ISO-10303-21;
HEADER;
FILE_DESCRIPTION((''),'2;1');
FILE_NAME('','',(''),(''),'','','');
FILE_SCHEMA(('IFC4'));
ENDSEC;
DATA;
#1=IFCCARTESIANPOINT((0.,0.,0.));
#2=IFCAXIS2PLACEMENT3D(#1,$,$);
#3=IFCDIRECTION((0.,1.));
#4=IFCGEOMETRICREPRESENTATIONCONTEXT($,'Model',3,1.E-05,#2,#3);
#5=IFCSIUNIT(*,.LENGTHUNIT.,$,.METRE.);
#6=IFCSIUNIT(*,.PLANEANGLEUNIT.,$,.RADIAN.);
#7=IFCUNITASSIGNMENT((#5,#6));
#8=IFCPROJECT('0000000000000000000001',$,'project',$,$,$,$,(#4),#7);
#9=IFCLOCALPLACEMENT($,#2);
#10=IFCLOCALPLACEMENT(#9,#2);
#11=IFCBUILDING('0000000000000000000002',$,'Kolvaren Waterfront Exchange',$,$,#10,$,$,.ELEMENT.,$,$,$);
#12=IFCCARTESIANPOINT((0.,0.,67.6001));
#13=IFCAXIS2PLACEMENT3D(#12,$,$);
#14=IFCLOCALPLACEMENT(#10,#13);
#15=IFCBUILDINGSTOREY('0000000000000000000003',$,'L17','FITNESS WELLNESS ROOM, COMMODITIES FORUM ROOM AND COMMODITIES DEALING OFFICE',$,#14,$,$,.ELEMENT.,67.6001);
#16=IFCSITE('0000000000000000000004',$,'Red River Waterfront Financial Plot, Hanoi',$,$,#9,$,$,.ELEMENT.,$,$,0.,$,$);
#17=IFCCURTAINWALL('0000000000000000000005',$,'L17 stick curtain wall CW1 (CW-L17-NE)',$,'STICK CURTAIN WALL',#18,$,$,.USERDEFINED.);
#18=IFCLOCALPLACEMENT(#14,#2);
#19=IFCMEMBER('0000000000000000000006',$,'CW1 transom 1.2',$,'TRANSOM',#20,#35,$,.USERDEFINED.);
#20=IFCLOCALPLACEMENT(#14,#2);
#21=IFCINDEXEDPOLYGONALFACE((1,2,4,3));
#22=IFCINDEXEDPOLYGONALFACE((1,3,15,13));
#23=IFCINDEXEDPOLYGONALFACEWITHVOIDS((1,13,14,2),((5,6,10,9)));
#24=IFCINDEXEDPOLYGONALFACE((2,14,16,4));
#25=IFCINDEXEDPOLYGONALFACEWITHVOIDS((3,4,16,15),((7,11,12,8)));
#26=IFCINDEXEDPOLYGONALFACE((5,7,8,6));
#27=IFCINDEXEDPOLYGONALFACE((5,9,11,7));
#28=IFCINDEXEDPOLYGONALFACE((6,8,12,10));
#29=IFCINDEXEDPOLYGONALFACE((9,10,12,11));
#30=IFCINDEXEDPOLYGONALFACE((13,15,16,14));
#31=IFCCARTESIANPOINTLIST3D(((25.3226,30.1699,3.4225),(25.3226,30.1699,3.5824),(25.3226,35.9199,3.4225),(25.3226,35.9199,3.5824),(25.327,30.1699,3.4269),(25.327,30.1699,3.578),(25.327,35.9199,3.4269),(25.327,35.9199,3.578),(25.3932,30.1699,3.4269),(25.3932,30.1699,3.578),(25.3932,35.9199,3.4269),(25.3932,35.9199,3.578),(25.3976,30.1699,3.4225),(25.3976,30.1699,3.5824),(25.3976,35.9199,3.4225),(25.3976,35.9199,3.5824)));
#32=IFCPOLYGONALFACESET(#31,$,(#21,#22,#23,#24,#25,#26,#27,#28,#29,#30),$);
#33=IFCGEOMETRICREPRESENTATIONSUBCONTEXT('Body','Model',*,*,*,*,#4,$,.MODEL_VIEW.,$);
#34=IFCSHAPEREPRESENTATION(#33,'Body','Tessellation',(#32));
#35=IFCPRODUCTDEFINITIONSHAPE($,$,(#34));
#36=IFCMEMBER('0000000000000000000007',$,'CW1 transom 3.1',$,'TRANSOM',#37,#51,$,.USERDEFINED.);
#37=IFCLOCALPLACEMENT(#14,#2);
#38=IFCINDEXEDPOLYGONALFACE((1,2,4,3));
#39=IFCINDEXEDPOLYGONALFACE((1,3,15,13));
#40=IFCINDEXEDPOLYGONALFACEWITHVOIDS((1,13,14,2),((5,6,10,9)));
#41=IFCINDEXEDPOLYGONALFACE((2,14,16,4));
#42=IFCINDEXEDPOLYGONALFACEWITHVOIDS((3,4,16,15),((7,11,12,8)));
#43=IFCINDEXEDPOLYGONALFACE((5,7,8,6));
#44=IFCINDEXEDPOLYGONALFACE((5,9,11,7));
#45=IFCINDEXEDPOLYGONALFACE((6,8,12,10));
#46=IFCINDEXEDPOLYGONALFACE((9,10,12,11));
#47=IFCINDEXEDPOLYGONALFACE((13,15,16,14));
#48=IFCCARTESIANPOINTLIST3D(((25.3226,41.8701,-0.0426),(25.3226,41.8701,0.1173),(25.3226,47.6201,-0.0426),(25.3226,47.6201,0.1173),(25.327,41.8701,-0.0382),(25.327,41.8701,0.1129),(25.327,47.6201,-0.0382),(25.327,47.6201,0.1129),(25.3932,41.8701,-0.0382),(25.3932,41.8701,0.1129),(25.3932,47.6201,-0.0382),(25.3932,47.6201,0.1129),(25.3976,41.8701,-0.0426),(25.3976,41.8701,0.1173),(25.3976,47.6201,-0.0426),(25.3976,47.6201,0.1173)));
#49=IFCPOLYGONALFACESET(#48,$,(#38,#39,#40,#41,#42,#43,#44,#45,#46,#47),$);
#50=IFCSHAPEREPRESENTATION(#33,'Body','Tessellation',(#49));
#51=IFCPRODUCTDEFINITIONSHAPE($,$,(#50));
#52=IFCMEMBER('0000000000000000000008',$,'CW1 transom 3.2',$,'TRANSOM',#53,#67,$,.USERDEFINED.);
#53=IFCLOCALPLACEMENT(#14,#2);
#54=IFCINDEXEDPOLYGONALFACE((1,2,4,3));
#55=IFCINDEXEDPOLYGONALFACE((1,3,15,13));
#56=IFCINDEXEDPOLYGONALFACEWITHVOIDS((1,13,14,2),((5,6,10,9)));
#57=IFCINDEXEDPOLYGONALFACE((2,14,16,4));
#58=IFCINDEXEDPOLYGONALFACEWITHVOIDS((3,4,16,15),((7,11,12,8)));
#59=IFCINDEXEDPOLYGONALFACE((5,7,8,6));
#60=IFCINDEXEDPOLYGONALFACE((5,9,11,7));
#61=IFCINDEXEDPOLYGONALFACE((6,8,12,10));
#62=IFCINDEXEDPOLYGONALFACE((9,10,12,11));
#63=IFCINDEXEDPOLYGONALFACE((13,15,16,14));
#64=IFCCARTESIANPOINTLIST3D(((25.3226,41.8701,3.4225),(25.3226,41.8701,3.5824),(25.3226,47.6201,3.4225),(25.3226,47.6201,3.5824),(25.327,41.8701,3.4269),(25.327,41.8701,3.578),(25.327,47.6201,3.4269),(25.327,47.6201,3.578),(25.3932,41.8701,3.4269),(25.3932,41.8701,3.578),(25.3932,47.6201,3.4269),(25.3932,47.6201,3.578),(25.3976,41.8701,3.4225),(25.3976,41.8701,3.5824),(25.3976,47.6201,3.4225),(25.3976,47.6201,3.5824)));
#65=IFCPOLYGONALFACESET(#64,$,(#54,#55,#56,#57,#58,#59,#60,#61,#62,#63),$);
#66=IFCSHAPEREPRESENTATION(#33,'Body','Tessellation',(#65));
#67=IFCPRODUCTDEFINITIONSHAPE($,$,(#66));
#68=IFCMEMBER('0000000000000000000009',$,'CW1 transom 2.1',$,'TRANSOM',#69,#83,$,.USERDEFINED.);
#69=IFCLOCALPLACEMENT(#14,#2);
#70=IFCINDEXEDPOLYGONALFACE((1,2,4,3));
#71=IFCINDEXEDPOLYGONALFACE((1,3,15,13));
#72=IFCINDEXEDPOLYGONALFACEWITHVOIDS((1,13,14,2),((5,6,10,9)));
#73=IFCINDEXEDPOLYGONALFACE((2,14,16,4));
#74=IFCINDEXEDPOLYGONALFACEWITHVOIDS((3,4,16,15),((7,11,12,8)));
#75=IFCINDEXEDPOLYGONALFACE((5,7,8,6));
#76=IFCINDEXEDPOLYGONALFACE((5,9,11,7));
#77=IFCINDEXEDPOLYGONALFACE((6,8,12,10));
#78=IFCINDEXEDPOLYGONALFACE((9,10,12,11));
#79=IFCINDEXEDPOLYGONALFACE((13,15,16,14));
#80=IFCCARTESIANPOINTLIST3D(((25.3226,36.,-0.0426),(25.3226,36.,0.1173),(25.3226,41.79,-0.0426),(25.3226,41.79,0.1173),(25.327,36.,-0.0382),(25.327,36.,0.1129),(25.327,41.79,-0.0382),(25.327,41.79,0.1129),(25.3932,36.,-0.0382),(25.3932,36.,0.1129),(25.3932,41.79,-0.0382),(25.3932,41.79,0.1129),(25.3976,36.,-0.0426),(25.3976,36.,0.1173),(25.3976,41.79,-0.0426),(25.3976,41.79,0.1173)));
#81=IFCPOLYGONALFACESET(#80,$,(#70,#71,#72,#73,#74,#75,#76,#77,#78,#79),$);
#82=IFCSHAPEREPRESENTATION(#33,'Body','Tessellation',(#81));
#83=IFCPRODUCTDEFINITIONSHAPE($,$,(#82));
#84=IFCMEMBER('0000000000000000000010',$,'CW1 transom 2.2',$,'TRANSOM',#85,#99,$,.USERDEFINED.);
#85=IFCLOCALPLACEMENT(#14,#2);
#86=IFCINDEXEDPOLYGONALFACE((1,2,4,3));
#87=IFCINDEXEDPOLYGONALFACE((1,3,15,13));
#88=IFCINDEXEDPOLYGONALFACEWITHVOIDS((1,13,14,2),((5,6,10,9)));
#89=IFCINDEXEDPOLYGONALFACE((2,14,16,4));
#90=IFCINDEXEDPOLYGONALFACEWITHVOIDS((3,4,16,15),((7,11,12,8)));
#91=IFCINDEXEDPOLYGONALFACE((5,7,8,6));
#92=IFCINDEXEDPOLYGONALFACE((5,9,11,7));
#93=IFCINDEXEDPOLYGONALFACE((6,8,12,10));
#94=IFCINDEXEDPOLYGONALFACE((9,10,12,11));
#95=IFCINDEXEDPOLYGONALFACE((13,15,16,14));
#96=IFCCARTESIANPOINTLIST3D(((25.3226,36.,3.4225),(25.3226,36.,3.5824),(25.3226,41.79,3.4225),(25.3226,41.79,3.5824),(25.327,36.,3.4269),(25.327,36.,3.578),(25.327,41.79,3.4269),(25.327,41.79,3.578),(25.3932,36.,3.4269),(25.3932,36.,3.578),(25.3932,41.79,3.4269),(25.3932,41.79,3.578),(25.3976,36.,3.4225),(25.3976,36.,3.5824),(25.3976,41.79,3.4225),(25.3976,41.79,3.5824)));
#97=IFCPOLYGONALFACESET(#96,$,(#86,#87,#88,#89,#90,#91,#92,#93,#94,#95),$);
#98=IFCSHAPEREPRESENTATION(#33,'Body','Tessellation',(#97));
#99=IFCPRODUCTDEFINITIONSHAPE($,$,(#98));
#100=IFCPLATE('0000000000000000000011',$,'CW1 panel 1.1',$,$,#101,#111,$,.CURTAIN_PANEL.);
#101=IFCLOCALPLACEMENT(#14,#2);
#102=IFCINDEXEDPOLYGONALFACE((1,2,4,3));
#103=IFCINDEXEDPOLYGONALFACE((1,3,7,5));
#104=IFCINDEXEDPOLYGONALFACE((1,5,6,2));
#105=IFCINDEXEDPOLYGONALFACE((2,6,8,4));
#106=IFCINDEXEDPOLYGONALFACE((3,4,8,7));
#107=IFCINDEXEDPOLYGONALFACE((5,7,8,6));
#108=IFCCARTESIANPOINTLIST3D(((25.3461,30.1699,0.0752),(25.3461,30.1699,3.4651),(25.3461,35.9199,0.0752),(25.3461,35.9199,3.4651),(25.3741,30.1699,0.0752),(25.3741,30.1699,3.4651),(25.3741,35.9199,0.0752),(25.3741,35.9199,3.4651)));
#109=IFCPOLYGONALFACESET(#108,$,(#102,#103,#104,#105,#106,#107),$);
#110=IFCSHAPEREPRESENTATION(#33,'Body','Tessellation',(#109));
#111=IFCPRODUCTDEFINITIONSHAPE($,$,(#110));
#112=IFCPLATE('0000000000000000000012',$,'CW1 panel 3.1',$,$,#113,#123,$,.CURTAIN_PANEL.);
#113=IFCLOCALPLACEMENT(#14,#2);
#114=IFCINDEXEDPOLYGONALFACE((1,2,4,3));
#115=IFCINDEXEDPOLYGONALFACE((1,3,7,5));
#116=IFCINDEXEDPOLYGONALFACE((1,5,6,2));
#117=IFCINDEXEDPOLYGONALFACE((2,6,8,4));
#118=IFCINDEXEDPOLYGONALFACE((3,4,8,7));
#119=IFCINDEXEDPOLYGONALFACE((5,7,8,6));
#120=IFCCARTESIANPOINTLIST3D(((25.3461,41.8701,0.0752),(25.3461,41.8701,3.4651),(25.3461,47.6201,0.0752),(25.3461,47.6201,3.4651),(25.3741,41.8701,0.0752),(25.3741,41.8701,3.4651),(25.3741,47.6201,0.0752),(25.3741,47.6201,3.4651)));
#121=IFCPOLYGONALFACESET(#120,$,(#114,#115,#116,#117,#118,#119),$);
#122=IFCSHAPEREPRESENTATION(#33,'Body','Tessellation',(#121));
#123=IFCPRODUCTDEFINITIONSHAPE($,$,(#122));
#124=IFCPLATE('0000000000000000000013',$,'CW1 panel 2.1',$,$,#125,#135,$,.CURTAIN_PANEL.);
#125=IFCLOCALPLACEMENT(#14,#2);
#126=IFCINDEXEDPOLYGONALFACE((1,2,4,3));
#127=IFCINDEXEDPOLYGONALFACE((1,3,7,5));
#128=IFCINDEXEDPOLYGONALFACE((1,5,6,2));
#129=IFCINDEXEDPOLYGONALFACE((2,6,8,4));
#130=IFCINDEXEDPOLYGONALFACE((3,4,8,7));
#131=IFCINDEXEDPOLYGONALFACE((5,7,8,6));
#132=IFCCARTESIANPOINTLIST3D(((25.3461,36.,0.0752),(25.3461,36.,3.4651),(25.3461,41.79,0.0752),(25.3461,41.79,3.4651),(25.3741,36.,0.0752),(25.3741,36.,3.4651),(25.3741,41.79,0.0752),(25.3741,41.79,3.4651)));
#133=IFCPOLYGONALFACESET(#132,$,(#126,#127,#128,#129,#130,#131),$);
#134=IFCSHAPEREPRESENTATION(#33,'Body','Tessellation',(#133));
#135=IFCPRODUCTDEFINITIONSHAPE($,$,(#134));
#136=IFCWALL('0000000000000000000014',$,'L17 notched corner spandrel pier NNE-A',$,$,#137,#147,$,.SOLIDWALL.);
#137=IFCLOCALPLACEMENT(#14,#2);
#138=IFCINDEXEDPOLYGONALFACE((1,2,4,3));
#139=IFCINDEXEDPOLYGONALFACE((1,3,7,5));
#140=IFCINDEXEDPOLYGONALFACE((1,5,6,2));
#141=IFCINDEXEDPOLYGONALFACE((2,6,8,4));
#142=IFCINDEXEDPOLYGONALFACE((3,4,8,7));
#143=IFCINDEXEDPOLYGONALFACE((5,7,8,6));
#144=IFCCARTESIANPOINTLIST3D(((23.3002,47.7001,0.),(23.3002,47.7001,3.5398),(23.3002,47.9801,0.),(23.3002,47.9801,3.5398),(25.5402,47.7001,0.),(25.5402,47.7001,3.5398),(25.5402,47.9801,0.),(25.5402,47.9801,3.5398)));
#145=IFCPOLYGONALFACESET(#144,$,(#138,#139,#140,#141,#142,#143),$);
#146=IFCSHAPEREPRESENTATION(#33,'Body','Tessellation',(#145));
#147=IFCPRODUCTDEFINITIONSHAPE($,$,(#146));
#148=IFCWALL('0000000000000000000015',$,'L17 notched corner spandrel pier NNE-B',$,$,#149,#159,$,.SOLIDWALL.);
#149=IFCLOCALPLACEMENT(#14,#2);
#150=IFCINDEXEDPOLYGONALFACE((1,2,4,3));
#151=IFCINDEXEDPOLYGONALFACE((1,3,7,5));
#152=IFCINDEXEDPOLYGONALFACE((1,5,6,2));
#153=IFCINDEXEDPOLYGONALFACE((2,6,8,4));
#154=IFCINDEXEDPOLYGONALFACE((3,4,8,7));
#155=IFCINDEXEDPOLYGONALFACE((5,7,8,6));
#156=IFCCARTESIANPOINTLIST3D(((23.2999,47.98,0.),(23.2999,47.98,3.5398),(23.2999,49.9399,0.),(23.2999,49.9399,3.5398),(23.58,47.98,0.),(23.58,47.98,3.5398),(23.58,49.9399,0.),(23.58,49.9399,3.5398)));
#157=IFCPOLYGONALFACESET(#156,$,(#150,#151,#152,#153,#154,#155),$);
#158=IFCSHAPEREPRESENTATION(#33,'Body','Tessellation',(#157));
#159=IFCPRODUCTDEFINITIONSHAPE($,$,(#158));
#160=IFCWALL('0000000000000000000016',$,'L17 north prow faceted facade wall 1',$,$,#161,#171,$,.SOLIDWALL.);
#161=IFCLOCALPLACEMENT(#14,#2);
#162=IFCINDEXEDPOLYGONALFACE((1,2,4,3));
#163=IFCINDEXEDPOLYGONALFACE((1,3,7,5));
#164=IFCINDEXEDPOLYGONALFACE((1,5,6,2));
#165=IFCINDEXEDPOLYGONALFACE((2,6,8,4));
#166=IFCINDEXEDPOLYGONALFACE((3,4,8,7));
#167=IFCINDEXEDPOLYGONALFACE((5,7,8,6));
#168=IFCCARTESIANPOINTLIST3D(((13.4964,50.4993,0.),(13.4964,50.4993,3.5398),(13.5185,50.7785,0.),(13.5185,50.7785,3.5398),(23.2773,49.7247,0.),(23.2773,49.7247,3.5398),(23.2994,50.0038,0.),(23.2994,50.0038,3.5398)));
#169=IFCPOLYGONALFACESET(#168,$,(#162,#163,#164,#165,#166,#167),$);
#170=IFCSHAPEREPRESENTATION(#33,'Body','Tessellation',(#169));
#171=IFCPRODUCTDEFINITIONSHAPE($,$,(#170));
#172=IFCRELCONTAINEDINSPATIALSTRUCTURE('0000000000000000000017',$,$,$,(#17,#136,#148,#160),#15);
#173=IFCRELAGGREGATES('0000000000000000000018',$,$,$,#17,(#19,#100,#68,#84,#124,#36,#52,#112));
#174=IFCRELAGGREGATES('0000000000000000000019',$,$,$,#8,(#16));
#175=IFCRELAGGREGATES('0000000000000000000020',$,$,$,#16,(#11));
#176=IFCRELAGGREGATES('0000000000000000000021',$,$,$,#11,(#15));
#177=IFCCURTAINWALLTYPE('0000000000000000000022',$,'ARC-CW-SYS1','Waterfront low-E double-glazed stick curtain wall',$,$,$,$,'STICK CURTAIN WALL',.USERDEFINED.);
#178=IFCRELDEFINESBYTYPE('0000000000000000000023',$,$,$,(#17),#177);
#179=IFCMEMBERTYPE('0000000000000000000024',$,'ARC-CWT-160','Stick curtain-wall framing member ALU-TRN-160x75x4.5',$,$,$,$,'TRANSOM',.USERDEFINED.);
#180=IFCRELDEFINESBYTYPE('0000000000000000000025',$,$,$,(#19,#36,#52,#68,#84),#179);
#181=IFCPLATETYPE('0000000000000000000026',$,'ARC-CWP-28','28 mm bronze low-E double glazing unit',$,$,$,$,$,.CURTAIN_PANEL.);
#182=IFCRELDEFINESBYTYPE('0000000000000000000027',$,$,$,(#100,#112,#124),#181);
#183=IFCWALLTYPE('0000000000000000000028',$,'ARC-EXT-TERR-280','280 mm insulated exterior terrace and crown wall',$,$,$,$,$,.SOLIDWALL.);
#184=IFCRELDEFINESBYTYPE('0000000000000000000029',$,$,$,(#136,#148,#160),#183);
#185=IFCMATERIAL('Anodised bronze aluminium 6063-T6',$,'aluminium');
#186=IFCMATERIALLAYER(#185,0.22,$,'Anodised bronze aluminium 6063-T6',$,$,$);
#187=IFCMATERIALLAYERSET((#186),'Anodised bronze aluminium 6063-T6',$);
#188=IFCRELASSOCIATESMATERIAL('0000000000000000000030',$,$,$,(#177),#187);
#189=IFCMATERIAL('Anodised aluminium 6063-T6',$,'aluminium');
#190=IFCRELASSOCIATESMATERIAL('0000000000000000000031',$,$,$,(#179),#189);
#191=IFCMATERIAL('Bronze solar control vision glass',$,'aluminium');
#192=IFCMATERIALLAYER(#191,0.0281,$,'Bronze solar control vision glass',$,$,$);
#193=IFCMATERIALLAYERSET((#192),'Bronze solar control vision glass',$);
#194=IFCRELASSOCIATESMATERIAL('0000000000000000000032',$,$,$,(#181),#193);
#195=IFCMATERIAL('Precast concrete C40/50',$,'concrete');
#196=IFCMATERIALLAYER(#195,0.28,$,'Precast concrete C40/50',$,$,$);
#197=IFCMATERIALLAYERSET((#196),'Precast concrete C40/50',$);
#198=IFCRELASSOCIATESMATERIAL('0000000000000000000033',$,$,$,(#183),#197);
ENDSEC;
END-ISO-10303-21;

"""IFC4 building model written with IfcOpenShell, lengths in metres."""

from ifc_helpers import new_model, si_unit, direction, frame, frame_2d, origin, origin_with_axes, origin_2d, place, context, subcontext, project, spatial, rectangle, hollow_rectangle, extrude, source, transform, mapped, material, layer, layer_set, material_profile, profile_set, type_object, element, aggregate, save


model = new_model("IFC4")

# Units and contexts
model_context = context("Model", 3, precision=1e-05, world=origin(), true_north=direction((0.0, 1.0)))
body_context = subcontext(model_context, "Body", "Model", "MODEL_VIEW")
ifc_project = project(units=[si_unit("LENGTHUNIT", "METRE"), si_unit("PLANEANGLEUNIT", "RADIAN")], contexts=[model_context])

# Site, building, storey
site_placement = place(None, origin())
site = spatial("IfcSite", under=ifc_project, at=site_placement, Name="Red River Waterfront Financial Plot, Hanoi", CompositionType="ELEMENT", RefElevation=0.0)
building_placement = place(site_placement, origin())
building = spatial("IfcBuilding", under=site, at=building_placement, Name="Kolvaren Waterfront Exchange", CompositionType="ELEMENT")
storey_placement = place(building_placement, frame((0.0, 0.0, 67.6001)))
storey = spatial("IfcBuildingStorey", under=building, at=storey_placement, Name="L17", Description="FITNESS WELLNESS ROOM, COMMODITIES FORUM ROOM AND COMMODITIES DEALING OFFICE", CompositionType="ELEMENT", Elevation=67.6001)

# Curtain wall, members, plates
ifc_material_1 = material(Name="Anodised bronze aluminium 6063-T6", Category="aluminium")
ifc_layer_1 = layer(ifc_material_1, 0.22, Name="Anodised bronze aluminium 6063-T6")
ifc_layer_set_1 = layer_set([ifc_layer_1], Name="Anodised bronze aluminium 6063-T6")
curtain_wall_type = type_object("IfcCurtainWallType", Name="ARC-CW-SYS1", Description="Waterfront low-E double-glazed stick curtain wall", ElementType="STICK CURTAIN WALL", PredefinedType="USERDEFINED", material=ifc_layer_set_1)
curtain_wall_placement = place(storey_placement, origin())
curtain_wall = element("IfcCurtainWall", 1, at=curtain_wall_placement, inside=storey, type_object=curtain_wall_type, Name="L17 stick curtain wall CW1 (CW-L17-NE)", ObjectType="STICK CURTAIN WALL", PredefinedType="USERDEFINED")
ifc_material_2 = material(Name="Anodised aluminium 6063-T6", Category="aluminium")
ifc_material_profile_1 = material_profile(ifc_material_2, hollow_rectangle(XDim=0.075, YDim=0.1599, WallThickness=0.0044, at=origin_2d()), Name="ALU-TRN-160x75x4.5")
ifc_profile_set_1 = profile_set([ifc_material_profile_1], Name="Anodised aluminium 6063-T6")
member_type_1 = type_object("IfcMemberType", Name="ARC-CWT-160", Description="Stick curtain-wall framing member ALU-TRN-160x75x4.5", ElementType="TRANSOM", PredefinedType="USERDEFINED", material=ifc_profile_set_1)
shared_shape_1 = source(origin_with_axes(), body_context, "Body", "SweptSolid", [
    extrude(hollow_rectangle(XDim=0.075, YDim=0.1599, WallThickness=0.0044, at=origin_2d()), origin(), (0.0, 0.0, 1.0), 5.75),
])
member_1_placement = place(storey_placement, frame((25.3601, 30.1699, 3.5024), z_axis=(0.0, 1.0, 0.0), x_axis=(-1.0, 0.0, 0.0)))
member_1 = element("IfcMember", 2, at=member_1_placement, type_object=member_type_1, Name="CW1 transom 1.2", ObjectType="TRANSOM", PredefinedType="USERDEFINED", context=body_context, shape_type="MappedRepresentation", body=[
    mapped(shared_shape_1, transform((0.0, 0.0, 0.0), x_axis=(1.0, 0.0, 0.0), y_axis=(0.0, 1.0, 0.0), z_axis=(0.0, 0.0, 1.0), scale=1.0)),
])
member_2_placement = place(storey_placement, frame((25.3601, 41.8701, 0.0374), z_axis=(0.0, 1.0, 0.0), x_axis=(-1.0, 0.0, 0.0)))
member_2 = element("IfcMember", 3, at=member_2_placement, type_object=member_type_1, Name="CW1 transom 3.1", ObjectType="TRANSOM", PredefinedType="USERDEFINED", context=body_context, shape_type="MappedRepresentation", body=[
    mapped(shared_shape_1, transform((0.0, 0.0, 0.0), x_axis=(1.0, 0.0, 0.0), y_axis=(0.0, 1.0, 0.0), z_axis=(0.0, 0.0, 1.0), scale=1.0)),
])
member_3_placement = place(storey_placement, frame((25.3601, 41.8701, 3.5024), z_axis=(0.0, 1.0, 0.0), x_axis=(-1.0, 0.0, 0.0)))
member_3 = element("IfcMember", 4, at=member_3_placement, type_object=member_type_1, Name="CW1 transom 3.2", ObjectType="TRANSOM", PredefinedType="USERDEFINED", context=body_context, shape_type="MappedRepresentation", body=[
    mapped(shared_shape_1, transform((0.0, 0.0, 0.0), x_axis=(1.0, 0.0, 0.0), y_axis=(0.0, 1.0, 0.0), z_axis=(0.0, 0.0, 1.0), scale=1.0)),
])
shared_shape_2 = source(origin_with_axes(), body_context, "Body", "SweptSolid", [
    extrude(hollow_rectangle(XDim=0.075, YDim=0.1599, WallThickness=0.0044, at=origin_2d()), origin(), (0.0, 0.0, 1.0), 5.79),
])
member_4_placement = place(storey_placement, frame((25.3601, 36.0, 0.0374), z_axis=(0.0, 1.0, 0.0), x_axis=(-1.0, 0.0, 0.0)))
member_4 = element("IfcMember", 5, at=member_4_placement, type_object=member_type_1, Name="CW1 transom 2.1", ObjectType="TRANSOM", PredefinedType="USERDEFINED", context=body_context, shape_type="MappedRepresentation", body=[
    mapped(shared_shape_2, transform((0.0, 0.0, 0.0), x_axis=(1.0, 0.0, 0.0), y_axis=(0.0, 1.0, 0.0), z_axis=(0.0, 0.0, 1.0), scale=1.0)),
])
member_5_placement = place(storey_placement, frame((25.3601, 36.0, 3.5024), z_axis=(0.0, 1.0, 0.0), x_axis=(-1.0, 0.0, 0.0)))
member_5 = element("IfcMember", 6, at=member_5_placement, type_object=member_type_1, Name="CW1 transom 2.2", ObjectType="TRANSOM", PredefinedType="USERDEFINED", context=body_context, shape_type="MappedRepresentation", body=[
    mapped(shared_shape_2, transform((0.0, 0.0, 0.0), x_axis=(1.0, 0.0, 0.0), y_axis=(0.0, 1.0, 0.0), z_axis=(0.0, 0.0, 1.0), scale=1.0)),
])
ifc_material_3 = material(Name="Bronze solar control vision glass", Category="aluminium")
ifc_layer_2 = layer(ifc_material_3, 0.0281, Name="Bronze solar control vision glass")
ifc_layer_set_2 = layer_set([ifc_layer_2], Name="Bronze solar control vision glass")
plate_type = type_object("IfcPlateType", Name="ARC-CWP-28", Description="28 mm bronze low-E double glazing unit", PredefinedType="CURTAIN_PANEL", material=ifc_layer_set_2)
shared_shape_3 = source(origin_with_axes(), body_context, "Body", "SweptSolid", [
    extrude(rectangle(XDim=5.75, YDim=0.0281, at=origin_2d()), origin(), (0.0, 0.0, 1.0), 3.3899),
])
plate_1_placement = place(storey_placement, frame((25.3601, 33.0449, 0.0752), z_axis=(0.0, 0.0, 1.0), x_axis=(0.0, 1.0, 0.0)))
plate_1 = element("IfcPlate", 7, at=plate_1_placement, type_object=plate_type, Name="CW1 panel 1.1", PredefinedType="CURTAIN_PANEL", context=body_context, shape_type="MappedRepresentation", body=[
    mapped(shared_shape_3, transform((0.0, 0.0, 0.0), x_axis=(1.0, 0.0, 0.0), y_axis=(0.0, 1.0, 0.0), z_axis=(0.0, 0.0, 1.0), scale=1.0)),
])
plate_2_placement = place(storey_placement, frame((25.3601, 44.7451, 0.0752), z_axis=(0.0, 0.0, 1.0), x_axis=(0.0, 1.0, 0.0)))
plate_2 = element("IfcPlate", 8, at=plate_2_placement, type_object=plate_type, Name="CW1 panel 3.1", PredefinedType="CURTAIN_PANEL", context=body_context, shape_type="MappedRepresentation", body=[
    mapped(shared_shape_3, transform((0.0, 0.0, 0.0), x_axis=(1.0, 0.0, 0.0), y_axis=(0.0, 1.0, 0.0), z_axis=(0.0, 0.0, 1.0), scale=1.0)),
])
shared_shape_4 = source(origin_with_axes(), body_context, "Body", "SweptSolid", [
    extrude(rectangle(XDim=5.79, YDim=0.0281, at=origin_2d()), origin(), (0.0, 0.0, 1.0), 3.3899),
])
plate_3_placement = place(storey_placement, frame((25.3601, 38.895, 0.0752), z_axis=(0.0, 0.0, 1.0), x_axis=(0.0, 1.0, 0.0)))
plate_3 = element("IfcPlate", 9, at=plate_3_placement, type_object=plate_type, Name="CW1 panel 2.1", PredefinedType="CURTAIN_PANEL", context=body_context, shape_type="MappedRepresentation", body=[
    mapped(shared_shape_4, transform((0.0, 0.0, 0.0), x_axis=(1.0, 0.0, 0.0), y_axis=(0.0, 1.0, 0.0), z_axis=(0.0, 0.0, 1.0), scale=1.0)),
])
aggregate(curtain_wall, [member_1, plate_1, member_4, member_5, plate_3, member_2, member_3, plate_2])

# Walls
ifc_material_4 = material(Name="Precast concrete C40/50", Category="concrete")
ifc_layer_3 = layer(ifc_material_4, 0.28, Name="Precast concrete C40/50")
ifc_layer_set_3 = layer_set([ifc_layer_3], Name="Precast concrete C40/50")
wall_type = type_object("IfcWallType", Name="ARC-EXT-TERR-280", Description="280 mm insulated exterior terrace and crown wall", PredefinedType="SOLIDWALL", material=ifc_layer_set_3)
wall_1_placement = place(storey_placement, frame((23.3, 47.8401, 0.0), z_axis=(0.0, 0.0, 1.0), x_axis=(1.0, 0.0, 0.0)))
element("IfcWall", 10, at=wall_1_placement, inside=storey, type_object=wall_type, Name="L17 notched corner spandrel pier NNE-A", PredefinedType="SOLIDWALL", context=body_context, shape_type="SweptSolid", body=[
    extrude(rectangle(XDim=2.24, YDim=0.28, at=frame_2d((1.1201, 0.0))), origin(), (0.0, 0.0, 1.0), 3.5398),
])
wall_2_placement = place(storey_placement, frame((23.4399, 47.98, 0.0), z_axis=(0.0, 0.0, 1.0), x_axis=(0.0, 1.0, 0.0)))
element("IfcWall", 11, at=wall_2_placement, inside=storey, type_object=wall_type, Name="L17 notched corner spandrel pier NNE-B", PredefinedType="SOLIDWALL", context=body_context, shape_type="SweptSolid", body=[
    extrude(rectangle(XDim=1.96, YDim=0.28, at=frame_2d((0.98, 0.0))), origin(), (0.0, 0.0, 1.0), 3.5398),
])
wall_3_placement = place(storey_placement, frame((23.2883, 49.8643, 0.0), z_axis=(0.0, 0.0, 1.0), x_axis=(-0.996878, 0.078953, 0.0)))
element("IfcWall", 12, at=wall_3_placement, inside=storey, type_object=wall_type, Name="L17 north prow faceted facade wall 1", PredefinedType="SOLIDWALL", context=body_context, shape_type="SweptSolid", body=[
    extrude(rectangle(XDim=9.8115, YDim=0.28, at=frame_2d((4.9058, 0.0))), origin(), (0.0, 0.0, 1.0), 3.5398),
])

save(model, "model.ifc")
